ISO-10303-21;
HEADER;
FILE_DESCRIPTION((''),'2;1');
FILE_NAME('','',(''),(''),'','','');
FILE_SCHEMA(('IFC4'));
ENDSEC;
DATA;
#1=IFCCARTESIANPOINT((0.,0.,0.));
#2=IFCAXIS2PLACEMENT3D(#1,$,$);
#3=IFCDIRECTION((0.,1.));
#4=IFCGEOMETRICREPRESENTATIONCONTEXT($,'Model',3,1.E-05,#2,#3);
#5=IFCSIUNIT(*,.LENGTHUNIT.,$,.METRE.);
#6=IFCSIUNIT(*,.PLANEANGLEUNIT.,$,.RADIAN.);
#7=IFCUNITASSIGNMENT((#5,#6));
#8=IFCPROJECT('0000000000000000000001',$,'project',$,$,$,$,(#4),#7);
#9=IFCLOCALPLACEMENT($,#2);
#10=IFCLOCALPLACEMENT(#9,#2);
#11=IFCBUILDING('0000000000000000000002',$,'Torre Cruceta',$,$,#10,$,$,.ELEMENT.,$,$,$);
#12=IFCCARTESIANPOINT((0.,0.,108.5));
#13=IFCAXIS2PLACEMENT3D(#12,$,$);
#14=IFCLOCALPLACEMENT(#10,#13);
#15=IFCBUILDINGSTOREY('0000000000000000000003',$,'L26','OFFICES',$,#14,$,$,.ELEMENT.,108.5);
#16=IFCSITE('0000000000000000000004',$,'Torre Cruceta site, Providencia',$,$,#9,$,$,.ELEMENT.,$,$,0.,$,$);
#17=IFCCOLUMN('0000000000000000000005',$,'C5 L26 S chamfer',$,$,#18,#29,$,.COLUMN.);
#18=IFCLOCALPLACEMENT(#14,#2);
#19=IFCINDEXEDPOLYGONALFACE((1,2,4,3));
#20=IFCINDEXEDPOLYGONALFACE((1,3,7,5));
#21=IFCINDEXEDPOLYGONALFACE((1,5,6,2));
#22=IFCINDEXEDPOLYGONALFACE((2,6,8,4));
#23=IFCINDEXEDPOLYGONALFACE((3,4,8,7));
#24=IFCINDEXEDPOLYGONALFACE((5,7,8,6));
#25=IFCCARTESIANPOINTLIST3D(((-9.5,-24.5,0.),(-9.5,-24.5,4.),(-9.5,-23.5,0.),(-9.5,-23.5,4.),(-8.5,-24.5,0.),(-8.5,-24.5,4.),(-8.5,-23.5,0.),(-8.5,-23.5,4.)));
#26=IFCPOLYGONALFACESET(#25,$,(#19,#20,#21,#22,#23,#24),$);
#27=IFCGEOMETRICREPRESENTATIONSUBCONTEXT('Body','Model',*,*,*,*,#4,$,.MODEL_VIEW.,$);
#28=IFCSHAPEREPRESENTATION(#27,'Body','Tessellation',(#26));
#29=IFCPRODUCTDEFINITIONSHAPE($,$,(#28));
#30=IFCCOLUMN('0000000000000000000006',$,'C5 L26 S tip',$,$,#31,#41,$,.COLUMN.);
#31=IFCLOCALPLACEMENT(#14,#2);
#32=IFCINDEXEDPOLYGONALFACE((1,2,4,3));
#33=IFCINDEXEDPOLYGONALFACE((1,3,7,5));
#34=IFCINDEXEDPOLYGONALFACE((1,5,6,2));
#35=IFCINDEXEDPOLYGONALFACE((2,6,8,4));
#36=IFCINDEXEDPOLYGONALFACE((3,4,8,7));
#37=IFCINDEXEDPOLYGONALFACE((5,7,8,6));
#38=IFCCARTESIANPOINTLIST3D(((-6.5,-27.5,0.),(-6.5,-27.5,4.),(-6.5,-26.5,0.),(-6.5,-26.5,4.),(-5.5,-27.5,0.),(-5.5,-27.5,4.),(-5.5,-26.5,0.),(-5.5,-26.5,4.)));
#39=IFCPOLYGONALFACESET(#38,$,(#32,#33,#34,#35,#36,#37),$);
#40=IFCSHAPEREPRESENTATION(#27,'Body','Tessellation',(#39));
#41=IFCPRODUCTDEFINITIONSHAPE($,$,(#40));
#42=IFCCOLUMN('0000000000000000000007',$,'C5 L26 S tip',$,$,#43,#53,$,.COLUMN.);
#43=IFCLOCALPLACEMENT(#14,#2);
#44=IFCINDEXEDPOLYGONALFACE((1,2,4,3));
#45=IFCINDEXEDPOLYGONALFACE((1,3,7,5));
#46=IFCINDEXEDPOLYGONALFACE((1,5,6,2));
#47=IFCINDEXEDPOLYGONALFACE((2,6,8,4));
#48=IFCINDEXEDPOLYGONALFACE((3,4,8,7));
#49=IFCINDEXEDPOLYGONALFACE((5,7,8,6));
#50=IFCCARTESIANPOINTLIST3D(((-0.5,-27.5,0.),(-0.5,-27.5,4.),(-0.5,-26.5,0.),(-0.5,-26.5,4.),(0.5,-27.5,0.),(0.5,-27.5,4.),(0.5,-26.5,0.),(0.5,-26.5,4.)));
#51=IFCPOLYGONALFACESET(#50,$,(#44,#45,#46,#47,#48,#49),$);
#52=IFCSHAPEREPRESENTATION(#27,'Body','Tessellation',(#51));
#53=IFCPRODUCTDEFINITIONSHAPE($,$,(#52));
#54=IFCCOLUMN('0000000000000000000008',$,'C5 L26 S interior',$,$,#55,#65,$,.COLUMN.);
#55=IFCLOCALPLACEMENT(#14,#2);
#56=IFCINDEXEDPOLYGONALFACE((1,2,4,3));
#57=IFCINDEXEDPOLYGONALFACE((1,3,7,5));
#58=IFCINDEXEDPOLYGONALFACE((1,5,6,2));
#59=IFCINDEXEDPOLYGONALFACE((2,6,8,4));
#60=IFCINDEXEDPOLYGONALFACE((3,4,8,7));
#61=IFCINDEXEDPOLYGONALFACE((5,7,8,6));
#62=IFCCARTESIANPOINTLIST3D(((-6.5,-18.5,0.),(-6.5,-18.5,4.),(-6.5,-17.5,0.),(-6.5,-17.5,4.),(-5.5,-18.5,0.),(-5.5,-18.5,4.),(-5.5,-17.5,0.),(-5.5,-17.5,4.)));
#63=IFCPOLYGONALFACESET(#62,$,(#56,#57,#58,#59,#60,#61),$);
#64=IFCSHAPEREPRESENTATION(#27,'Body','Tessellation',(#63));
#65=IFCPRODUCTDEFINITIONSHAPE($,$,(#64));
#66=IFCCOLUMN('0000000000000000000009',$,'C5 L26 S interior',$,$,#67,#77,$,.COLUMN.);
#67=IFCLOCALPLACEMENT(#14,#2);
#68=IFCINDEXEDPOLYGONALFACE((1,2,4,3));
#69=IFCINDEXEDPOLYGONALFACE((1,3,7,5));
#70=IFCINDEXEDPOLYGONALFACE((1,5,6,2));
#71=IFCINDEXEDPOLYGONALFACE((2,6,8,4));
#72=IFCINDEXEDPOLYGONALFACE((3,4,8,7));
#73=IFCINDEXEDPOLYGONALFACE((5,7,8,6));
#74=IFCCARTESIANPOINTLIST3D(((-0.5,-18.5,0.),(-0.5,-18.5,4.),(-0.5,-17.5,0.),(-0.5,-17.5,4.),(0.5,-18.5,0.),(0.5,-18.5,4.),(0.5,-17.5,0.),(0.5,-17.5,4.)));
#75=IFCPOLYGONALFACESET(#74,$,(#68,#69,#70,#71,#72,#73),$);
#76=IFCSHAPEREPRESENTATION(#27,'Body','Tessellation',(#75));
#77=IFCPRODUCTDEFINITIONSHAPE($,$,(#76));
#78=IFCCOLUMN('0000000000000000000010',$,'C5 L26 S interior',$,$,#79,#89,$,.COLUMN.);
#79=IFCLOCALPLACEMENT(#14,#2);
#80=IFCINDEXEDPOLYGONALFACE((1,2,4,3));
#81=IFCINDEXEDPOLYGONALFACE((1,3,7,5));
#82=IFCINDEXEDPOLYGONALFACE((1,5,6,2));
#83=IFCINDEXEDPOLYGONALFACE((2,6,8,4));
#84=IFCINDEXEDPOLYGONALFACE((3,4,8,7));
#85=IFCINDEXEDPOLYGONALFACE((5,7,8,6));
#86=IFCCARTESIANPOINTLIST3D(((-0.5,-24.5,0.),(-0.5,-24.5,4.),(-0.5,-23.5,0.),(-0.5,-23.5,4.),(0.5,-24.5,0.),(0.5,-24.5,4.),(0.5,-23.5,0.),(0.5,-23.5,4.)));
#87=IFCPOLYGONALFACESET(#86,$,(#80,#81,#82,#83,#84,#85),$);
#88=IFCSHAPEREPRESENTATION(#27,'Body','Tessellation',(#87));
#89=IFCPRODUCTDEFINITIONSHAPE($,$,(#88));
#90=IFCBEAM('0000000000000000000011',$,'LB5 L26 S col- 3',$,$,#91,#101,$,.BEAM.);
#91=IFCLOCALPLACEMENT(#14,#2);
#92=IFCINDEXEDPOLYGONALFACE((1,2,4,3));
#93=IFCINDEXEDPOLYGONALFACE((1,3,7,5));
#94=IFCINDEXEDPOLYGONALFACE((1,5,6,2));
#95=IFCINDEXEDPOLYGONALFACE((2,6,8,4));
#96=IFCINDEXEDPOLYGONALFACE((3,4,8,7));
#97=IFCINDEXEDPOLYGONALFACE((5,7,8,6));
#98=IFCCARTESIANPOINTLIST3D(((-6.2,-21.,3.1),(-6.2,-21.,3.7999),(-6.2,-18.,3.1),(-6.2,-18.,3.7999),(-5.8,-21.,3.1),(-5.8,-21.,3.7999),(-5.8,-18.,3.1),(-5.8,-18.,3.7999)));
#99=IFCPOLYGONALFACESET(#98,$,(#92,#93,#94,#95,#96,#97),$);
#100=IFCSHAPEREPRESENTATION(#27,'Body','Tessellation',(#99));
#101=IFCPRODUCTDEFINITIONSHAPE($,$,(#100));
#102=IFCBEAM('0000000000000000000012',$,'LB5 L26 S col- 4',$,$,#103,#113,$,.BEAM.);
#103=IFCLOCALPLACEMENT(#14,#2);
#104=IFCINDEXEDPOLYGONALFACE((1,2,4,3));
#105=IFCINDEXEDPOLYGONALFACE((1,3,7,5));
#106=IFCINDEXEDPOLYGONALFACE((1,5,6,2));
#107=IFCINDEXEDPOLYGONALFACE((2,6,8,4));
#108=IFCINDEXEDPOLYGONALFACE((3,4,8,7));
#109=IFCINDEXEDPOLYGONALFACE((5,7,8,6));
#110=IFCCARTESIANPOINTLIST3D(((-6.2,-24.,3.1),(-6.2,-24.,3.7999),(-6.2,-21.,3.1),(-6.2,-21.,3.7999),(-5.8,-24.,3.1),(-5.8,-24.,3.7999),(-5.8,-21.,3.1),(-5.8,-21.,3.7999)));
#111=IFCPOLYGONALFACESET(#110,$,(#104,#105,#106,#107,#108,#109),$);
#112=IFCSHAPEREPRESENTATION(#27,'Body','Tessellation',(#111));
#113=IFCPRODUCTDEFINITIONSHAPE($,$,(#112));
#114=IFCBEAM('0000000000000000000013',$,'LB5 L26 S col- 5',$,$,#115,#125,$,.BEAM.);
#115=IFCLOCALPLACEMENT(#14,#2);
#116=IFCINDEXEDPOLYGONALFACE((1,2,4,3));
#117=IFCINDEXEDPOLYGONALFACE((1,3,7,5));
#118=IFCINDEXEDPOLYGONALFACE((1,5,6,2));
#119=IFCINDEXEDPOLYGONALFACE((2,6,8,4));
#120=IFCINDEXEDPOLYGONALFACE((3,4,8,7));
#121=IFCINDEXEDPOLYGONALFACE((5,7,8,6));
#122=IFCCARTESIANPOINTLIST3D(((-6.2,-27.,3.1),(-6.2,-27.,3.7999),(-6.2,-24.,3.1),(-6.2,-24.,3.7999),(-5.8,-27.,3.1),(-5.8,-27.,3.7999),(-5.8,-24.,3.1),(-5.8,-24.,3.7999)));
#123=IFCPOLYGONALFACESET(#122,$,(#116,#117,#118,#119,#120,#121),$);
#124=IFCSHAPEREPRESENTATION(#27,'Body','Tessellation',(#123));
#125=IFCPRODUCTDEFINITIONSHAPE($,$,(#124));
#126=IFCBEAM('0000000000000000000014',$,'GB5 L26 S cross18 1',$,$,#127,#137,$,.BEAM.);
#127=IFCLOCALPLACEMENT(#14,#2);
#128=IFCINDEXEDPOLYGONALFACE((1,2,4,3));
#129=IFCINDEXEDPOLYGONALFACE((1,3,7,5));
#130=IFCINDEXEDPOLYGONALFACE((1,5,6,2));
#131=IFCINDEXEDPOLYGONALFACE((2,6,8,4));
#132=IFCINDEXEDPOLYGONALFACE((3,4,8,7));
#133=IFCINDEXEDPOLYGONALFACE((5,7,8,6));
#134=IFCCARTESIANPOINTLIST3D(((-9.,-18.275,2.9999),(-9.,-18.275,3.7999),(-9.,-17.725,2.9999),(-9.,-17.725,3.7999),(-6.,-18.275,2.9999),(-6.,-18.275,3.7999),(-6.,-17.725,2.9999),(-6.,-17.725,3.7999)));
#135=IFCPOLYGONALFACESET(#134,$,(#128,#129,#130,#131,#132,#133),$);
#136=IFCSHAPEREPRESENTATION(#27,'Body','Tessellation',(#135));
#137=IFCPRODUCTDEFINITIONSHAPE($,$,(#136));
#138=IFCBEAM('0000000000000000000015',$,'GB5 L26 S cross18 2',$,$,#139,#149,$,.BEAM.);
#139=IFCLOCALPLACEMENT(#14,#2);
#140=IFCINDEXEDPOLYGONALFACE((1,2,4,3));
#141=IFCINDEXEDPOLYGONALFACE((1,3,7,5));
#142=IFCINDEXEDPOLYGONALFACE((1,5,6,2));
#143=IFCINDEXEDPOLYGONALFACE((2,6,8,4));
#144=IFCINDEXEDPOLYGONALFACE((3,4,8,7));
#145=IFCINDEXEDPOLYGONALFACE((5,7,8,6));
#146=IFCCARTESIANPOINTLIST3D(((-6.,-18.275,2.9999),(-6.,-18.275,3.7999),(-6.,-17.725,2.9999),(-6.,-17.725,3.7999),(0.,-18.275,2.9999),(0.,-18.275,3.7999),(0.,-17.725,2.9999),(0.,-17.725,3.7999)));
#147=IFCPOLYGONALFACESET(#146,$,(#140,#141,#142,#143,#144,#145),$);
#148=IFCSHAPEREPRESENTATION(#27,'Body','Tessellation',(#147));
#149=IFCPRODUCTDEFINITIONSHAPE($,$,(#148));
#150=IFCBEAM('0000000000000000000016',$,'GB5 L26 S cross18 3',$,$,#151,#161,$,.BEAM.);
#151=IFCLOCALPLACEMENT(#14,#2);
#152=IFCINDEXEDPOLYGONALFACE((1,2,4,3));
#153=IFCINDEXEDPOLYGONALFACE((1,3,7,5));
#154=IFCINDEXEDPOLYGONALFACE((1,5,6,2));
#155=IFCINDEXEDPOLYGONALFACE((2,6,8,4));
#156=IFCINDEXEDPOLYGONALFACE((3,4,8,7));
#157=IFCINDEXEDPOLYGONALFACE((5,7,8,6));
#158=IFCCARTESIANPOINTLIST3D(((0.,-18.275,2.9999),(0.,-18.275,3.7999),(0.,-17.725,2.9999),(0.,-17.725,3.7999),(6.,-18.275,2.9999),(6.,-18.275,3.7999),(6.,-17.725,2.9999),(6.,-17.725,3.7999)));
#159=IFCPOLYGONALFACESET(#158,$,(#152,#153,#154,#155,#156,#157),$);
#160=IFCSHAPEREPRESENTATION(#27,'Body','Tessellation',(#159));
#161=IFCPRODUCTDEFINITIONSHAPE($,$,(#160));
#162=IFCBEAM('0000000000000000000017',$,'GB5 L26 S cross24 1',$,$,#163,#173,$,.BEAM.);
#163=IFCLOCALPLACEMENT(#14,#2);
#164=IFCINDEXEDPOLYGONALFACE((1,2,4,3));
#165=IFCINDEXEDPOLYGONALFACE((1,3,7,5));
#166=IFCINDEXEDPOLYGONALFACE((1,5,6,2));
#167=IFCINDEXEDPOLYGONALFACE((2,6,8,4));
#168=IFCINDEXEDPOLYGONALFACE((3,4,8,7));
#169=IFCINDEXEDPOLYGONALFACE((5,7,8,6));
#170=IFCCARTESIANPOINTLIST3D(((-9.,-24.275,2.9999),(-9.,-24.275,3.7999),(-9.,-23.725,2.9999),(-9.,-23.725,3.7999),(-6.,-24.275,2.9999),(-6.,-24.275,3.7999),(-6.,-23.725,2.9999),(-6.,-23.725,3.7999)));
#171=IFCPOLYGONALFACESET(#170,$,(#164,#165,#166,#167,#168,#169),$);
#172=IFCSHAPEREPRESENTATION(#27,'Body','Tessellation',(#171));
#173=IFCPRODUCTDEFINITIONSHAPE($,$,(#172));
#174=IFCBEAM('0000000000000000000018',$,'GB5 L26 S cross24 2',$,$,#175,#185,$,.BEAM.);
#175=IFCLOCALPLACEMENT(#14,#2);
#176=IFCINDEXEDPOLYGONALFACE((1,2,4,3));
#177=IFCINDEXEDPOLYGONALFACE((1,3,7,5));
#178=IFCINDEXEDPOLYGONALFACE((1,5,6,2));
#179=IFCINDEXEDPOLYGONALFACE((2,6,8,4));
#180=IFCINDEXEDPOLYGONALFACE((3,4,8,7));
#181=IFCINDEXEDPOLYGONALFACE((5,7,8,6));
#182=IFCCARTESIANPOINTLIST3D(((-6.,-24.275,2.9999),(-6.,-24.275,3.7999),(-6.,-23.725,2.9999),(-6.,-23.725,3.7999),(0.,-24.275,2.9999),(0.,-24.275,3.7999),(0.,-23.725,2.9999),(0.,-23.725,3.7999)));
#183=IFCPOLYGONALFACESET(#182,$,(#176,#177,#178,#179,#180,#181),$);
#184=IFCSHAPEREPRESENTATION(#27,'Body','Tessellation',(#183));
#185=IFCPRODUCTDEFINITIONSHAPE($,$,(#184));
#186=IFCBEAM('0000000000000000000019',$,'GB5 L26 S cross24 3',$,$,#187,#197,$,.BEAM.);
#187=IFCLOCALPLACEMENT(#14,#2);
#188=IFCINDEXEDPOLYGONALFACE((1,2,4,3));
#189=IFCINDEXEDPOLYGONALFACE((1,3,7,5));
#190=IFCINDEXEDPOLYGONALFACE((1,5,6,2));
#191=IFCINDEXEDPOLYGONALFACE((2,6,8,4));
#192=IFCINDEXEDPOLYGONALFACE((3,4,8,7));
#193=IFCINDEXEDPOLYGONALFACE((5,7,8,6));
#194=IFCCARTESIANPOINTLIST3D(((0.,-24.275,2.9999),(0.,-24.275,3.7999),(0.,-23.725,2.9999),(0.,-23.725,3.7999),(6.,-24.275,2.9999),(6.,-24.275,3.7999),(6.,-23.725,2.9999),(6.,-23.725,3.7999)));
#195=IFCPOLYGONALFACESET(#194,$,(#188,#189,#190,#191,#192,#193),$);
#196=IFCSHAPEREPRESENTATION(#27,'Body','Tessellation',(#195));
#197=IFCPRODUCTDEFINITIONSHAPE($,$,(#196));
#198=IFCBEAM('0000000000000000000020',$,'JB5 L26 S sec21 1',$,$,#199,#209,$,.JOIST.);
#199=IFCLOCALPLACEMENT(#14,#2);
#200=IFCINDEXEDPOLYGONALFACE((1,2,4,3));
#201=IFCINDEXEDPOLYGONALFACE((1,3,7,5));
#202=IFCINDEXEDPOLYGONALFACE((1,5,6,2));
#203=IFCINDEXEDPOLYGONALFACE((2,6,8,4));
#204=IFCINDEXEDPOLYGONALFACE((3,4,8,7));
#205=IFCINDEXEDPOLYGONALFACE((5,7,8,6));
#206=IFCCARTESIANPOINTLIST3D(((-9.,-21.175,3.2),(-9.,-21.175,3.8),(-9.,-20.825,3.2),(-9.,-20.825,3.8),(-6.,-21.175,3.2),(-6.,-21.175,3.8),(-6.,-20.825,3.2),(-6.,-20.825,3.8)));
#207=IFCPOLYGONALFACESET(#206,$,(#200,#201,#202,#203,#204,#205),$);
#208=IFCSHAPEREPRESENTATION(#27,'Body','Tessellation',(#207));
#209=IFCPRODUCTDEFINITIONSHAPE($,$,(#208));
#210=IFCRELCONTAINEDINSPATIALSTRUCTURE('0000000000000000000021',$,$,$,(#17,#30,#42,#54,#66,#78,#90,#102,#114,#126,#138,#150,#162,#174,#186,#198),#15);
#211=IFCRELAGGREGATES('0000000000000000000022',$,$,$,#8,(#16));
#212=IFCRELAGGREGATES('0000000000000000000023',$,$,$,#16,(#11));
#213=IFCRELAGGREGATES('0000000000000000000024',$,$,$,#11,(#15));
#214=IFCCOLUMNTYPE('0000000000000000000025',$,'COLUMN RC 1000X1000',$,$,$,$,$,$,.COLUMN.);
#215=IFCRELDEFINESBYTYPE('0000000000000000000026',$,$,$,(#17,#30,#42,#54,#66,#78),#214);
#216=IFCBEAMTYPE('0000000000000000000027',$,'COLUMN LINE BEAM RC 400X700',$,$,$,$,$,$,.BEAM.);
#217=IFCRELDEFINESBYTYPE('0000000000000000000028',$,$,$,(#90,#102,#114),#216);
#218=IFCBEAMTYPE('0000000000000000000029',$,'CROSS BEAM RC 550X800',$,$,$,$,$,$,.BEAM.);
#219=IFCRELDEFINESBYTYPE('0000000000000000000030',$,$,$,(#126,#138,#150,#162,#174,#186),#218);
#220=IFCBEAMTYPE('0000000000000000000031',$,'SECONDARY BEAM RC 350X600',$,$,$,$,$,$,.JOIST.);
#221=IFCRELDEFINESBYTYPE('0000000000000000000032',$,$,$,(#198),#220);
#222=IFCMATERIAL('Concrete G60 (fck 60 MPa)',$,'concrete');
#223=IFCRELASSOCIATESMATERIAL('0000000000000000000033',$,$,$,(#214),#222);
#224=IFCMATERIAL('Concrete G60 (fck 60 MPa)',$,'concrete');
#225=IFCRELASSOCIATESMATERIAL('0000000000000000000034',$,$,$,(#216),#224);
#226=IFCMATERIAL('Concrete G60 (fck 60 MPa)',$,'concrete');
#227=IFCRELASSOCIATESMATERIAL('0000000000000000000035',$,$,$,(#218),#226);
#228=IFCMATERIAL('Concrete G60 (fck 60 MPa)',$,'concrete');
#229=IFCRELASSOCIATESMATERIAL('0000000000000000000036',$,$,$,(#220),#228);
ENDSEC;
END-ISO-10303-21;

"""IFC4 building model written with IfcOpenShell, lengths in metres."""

from ifc_helpers import new_model, si_unit, direction, frame, origin, origin_2d, place, context, subcontext, project, spatial, rectangle, extrude, material, material_profile, profile_set, type_object, element, save


model = new_model("IFC4")

# Units and contexts
model_context = context("Model", 3, precision=1e-05, world=origin(), true_north=direction((0.0, 1.0)))
body_context = subcontext(model_context, "Body", "Model", "MODEL_VIEW")
ifc_project = project(units=[si_unit("LENGTHUNIT", "METRE"), si_unit("PLANEANGLEUNIT", "RADIAN")], contexts=[model_context])

# Site, building, storey
site_placement = place(None, origin())
site = spatial("IfcSite", under=ifc_project, at=site_placement, Name="Torre Cruceta site, Providencia", CompositionType="ELEMENT", RefElevation=0.0)
building_placement = place(site_placement, origin())
building = spatial("IfcBuilding", under=site, at=building_placement, Name="Torre Cruceta", CompositionType="ELEMENT")
storey_placement = place(building_placement, frame((0.0, 0.0, 108.5)))
storey = spatial("IfcBuildingStorey", under=building, at=storey_placement, Name="L26", Description="OFFICES", CompositionType="ELEMENT", Elevation=108.5)

# Columns
ifc_material_1 = material(Name="Concrete G60 (fck 60 MPa)", Category="concrete")
ifc_material_profile_1 = material_profile(ifc_material_1, rectangle(XDim=1.0, YDim=1.0, at=origin_2d()), Name="RC 1000X1000")
ifc_profile_set_1 = profile_set([ifc_material_profile_1], Name="Concrete G60 (fck 60 MPa)")
column_type = type_object("IfcColumnType", Name="COLUMN RC 1000X1000", PredefinedType="COLUMN", material=ifc_profile_set_1)
for number, where, z_axis, x_axis, name in (
    (1, (-9.0, -24.0, 0.0), (0.0, 0.0, 1.0), (1.0, 0.0, 0.0), "C5 L26 S chamfer"),
    (2, (-6.0, -27.0, 0.0), (0.0, 0.0, 1.0), (1.0, 0.0, 0.0), "C5 L26 S tip"),
    (3, (0.0, -27.0, 0.0), (0.0, 0.0, 1.0), (1.0, 0.0, 0.0), "C5 L26 S tip"),
    (4, (-6.0, -18.0, 0.0), (0.0, 0.0, 1.0), (1.0, 0.0, 0.0), "C5 L26 S interior"),
    (5, (0.0, -18.0, 0.0), (0.0, 0.0, 1.0), (1.0, 0.0, 0.0), "C5 L26 S interior"),
    (6, (0.0, -24.0, 0.0), (0.0, 0.0, 1.0), (1.0, 0.0, 0.0), "C5 L26 S interior"),
):
    element("IfcColumn", number, at=place(storey_placement, frame(where, z_axis=z_axis, x_axis=x_axis)), inside=storey, type_object=column_type, Name=name, PredefinedType="COLUMN", context=body_context, shape_type="SweptSolid", body=[
        extrude(rectangle(XDim=1.0, YDim=1.0, at=origin_2d()), origin(), (0.0, 0.0, 1.0), 4.0),
    ])

# Beams
ifc_material_2 = material(Name="Concrete G60 (fck 60 MPa)", Category="concrete")
ifc_material_profile_2 = material_profile(ifc_material_2, rectangle(XDim=0.3999, YDim=0.7, at=origin_2d()), Name="RC 400X700")
ifc_profile_set_2 = profile_set([ifc_material_profile_2], Name="Concrete G60 (fck 60 MPa)")
beam_type_1 = type_object("IfcBeamType", Name="COLUMN LINE BEAM RC 400X700", PredefinedType="BEAM", material=ifc_profile_set_2)
for number, where, z_axis, x_axis, name in (
    (7, (-6.0, -18.0, 3.45), (0.0, -1.0, 0.0), (1.0, 0.0, 0.0), "LB5 L26 S col- 3"),
    (8, (-6.0, -21.0, 3.45), (0.0, -1.0, 0.0), (1.0, 0.0, 0.0), "LB5 L26 S col- 4"),
    (9, (-6.0, -24.0, 3.45), (0.0, -1.0, 0.0), (1.0, 0.0, 0.0), "LB5 L26 S col- 5"),
):
    element("IfcBeam", number, at=place(storey_placement, frame(where, z_axis=z_axis, x_axis=x_axis)), inside=storey, type_object=beam_type_1, Name=name, PredefinedType="BEAM", context=body_context, shape_type="SweptSolid", body=[
        extrude(rectangle(XDim=0.3999, YDim=0.7, at=origin_2d()), origin(), (0.0, 0.0, 1.0), 3.0),
    ])
ifc_material_3 = material(Name="Concrete G60 (fck 60 MPa)", Category="concrete")
ifc_material_profile_3 = material_profile(ifc_material_3, rectangle(XDim=0.55, YDim=0.8, at=origin_2d()), Name="RC 550X800")
ifc_profile_set_3 = profile_set([ifc_material_profile_3], Name="Concrete G60 (fck 60 MPa)")
beam_type_2 = type_object("IfcBeamType", Name="CROSS BEAM RC 550X800", PredefinedType="BEAM", material=ifc_profile_set_3)
beam_1_placement = place(storey_placement, frame((-9.0, -18.0, 3.3999), z_axis=(1.0, 0.0, 0.0), x_axis=(0.0, 1.0, 0.0)))
element("IfcBeam", 10, at=beam_1_placement, inside=storey, type_object=beam_type_2, Name="GB5 L26 S cross18 1", PredefinedType="BEAM", context=body_context, shape_type="SweptSolid", body=[
    extrude(rectangle(XDim=0.55, YDim=0.8, at=origin_2d()), origin(), (0.0, 0.0, 1.0), 3.0),
])
for number, where, z_axis, x_axis, name in (
    (11, (-6.0, -18.0, 3.3999), (1.0, 0.0, 0.0), (0.0, 1.0, 0.0), "GB5 L26 S cross18 2"),
    (12, (0.0, -18.0, 3.3999), (1.0, 0.0, 0.0), (0.0, 1.0, 0.0), "GB5 L26 S cross18 3"),
):
    element("IfcBeam", number, at=place(storey_placement, frame(where, z_axis=z_axis, x_axis=x_axis)), inside=storey, type_object=beam_type_2, Name=name, PredefinedType="BEAM", context=body_context, shape_type="SweptSolid", body=[
        extrude(rectangle(XDim=0.55, YDim=0.8, at=origin_2d()), origin(), (0.0, 0.0, 1.0), 6.0),
    ])
beam_2_placement = place(storey_placement, frame((-9.0, -24.0, 3.3999), z_axis=(1.0, 0.0, 0.0), x_axis=(0.0, 1.0, 0.0)))
element("IfcBeam", 13, at=beam_2_placement, inside=storey, type_object=beam_type_2, Name="GB5 L26 S cross24 1", PredefinedType="BEAM", context=body_context, shape_type="SweptSolid", body=[
    extrude(rectangle(XDim=0.55, YDim=0.8, at=origin_2d()), origin(), (0.0, 0.0, 1.0), 3.0),
])
for number, where, z_axis, x_axis, name in (
    (14, (-6.0, -24.0, 3.3999), (1.0, 0.0, 0.0), (0.0, 1.0, 0.0), "GB5 L26 S cross24 2"),
    (15, (0.0, -24.0, 3.3999), (1.0, 0.0, 0.0), (0.0, 1.0, 0.0), "GB5 L26 S cross24 3"),
):
    element("IfcBeam", number, at=place(storey_placement, frame(where, z_axis=z_axis, x_axis=x_axis)), inside=storey, type_object=beam_type_2, Name=name, PredefinedType="BEAM", context=body_context, shape_type="SweptSolid", body=[
        extrude(rectangle(XDim=0.55, YDim=0.8, at=origin_2d()), origin(), (0.0, 0.0, 1.0), 6.0),
    ])
ifc_material_4 = material(Name="Concrete G60 (fck 60 MPa)", Category="concrete")
ifc_material_profile_4 = material_profile(ifc_material_4, rectangle(XDim=0.3501, YDim=0.6001, at=origin_2d()), Name="RC 350X600")
ifc_profile_set_4 = profile_set([ifc_material_profile_4], Name="Concrete G60 (fck 60 MPa)")
beam_type_3 = type_object("IfcBeamType", Name="SECONDARY BEAM RC 350X600", PredefinedType="JOIST", material=ifc_profile_set_4)
beam_3_placement = place(storey_placement, frame((-9.0, -21.0, 3.5), z_axis=(1.0, 0.0, 0.0), x_axis=(0.0, 1.0, 0.0)))
element("IfcBeam", 16, at=beam_3_placement, inside=storey, type_object=beam_type_3, Name="JB5 L26 S sec21 1", PredefinedType="JOIST", context=body_context, shape_type="SweptSolid", body=[
    extrude(rectangle(XDim=0.3501, YDim=0.6001, at=origin_2d()), origin(), (0.0, 0.0, 1.0), 3.0),
])

save(model, "model.ifc")
